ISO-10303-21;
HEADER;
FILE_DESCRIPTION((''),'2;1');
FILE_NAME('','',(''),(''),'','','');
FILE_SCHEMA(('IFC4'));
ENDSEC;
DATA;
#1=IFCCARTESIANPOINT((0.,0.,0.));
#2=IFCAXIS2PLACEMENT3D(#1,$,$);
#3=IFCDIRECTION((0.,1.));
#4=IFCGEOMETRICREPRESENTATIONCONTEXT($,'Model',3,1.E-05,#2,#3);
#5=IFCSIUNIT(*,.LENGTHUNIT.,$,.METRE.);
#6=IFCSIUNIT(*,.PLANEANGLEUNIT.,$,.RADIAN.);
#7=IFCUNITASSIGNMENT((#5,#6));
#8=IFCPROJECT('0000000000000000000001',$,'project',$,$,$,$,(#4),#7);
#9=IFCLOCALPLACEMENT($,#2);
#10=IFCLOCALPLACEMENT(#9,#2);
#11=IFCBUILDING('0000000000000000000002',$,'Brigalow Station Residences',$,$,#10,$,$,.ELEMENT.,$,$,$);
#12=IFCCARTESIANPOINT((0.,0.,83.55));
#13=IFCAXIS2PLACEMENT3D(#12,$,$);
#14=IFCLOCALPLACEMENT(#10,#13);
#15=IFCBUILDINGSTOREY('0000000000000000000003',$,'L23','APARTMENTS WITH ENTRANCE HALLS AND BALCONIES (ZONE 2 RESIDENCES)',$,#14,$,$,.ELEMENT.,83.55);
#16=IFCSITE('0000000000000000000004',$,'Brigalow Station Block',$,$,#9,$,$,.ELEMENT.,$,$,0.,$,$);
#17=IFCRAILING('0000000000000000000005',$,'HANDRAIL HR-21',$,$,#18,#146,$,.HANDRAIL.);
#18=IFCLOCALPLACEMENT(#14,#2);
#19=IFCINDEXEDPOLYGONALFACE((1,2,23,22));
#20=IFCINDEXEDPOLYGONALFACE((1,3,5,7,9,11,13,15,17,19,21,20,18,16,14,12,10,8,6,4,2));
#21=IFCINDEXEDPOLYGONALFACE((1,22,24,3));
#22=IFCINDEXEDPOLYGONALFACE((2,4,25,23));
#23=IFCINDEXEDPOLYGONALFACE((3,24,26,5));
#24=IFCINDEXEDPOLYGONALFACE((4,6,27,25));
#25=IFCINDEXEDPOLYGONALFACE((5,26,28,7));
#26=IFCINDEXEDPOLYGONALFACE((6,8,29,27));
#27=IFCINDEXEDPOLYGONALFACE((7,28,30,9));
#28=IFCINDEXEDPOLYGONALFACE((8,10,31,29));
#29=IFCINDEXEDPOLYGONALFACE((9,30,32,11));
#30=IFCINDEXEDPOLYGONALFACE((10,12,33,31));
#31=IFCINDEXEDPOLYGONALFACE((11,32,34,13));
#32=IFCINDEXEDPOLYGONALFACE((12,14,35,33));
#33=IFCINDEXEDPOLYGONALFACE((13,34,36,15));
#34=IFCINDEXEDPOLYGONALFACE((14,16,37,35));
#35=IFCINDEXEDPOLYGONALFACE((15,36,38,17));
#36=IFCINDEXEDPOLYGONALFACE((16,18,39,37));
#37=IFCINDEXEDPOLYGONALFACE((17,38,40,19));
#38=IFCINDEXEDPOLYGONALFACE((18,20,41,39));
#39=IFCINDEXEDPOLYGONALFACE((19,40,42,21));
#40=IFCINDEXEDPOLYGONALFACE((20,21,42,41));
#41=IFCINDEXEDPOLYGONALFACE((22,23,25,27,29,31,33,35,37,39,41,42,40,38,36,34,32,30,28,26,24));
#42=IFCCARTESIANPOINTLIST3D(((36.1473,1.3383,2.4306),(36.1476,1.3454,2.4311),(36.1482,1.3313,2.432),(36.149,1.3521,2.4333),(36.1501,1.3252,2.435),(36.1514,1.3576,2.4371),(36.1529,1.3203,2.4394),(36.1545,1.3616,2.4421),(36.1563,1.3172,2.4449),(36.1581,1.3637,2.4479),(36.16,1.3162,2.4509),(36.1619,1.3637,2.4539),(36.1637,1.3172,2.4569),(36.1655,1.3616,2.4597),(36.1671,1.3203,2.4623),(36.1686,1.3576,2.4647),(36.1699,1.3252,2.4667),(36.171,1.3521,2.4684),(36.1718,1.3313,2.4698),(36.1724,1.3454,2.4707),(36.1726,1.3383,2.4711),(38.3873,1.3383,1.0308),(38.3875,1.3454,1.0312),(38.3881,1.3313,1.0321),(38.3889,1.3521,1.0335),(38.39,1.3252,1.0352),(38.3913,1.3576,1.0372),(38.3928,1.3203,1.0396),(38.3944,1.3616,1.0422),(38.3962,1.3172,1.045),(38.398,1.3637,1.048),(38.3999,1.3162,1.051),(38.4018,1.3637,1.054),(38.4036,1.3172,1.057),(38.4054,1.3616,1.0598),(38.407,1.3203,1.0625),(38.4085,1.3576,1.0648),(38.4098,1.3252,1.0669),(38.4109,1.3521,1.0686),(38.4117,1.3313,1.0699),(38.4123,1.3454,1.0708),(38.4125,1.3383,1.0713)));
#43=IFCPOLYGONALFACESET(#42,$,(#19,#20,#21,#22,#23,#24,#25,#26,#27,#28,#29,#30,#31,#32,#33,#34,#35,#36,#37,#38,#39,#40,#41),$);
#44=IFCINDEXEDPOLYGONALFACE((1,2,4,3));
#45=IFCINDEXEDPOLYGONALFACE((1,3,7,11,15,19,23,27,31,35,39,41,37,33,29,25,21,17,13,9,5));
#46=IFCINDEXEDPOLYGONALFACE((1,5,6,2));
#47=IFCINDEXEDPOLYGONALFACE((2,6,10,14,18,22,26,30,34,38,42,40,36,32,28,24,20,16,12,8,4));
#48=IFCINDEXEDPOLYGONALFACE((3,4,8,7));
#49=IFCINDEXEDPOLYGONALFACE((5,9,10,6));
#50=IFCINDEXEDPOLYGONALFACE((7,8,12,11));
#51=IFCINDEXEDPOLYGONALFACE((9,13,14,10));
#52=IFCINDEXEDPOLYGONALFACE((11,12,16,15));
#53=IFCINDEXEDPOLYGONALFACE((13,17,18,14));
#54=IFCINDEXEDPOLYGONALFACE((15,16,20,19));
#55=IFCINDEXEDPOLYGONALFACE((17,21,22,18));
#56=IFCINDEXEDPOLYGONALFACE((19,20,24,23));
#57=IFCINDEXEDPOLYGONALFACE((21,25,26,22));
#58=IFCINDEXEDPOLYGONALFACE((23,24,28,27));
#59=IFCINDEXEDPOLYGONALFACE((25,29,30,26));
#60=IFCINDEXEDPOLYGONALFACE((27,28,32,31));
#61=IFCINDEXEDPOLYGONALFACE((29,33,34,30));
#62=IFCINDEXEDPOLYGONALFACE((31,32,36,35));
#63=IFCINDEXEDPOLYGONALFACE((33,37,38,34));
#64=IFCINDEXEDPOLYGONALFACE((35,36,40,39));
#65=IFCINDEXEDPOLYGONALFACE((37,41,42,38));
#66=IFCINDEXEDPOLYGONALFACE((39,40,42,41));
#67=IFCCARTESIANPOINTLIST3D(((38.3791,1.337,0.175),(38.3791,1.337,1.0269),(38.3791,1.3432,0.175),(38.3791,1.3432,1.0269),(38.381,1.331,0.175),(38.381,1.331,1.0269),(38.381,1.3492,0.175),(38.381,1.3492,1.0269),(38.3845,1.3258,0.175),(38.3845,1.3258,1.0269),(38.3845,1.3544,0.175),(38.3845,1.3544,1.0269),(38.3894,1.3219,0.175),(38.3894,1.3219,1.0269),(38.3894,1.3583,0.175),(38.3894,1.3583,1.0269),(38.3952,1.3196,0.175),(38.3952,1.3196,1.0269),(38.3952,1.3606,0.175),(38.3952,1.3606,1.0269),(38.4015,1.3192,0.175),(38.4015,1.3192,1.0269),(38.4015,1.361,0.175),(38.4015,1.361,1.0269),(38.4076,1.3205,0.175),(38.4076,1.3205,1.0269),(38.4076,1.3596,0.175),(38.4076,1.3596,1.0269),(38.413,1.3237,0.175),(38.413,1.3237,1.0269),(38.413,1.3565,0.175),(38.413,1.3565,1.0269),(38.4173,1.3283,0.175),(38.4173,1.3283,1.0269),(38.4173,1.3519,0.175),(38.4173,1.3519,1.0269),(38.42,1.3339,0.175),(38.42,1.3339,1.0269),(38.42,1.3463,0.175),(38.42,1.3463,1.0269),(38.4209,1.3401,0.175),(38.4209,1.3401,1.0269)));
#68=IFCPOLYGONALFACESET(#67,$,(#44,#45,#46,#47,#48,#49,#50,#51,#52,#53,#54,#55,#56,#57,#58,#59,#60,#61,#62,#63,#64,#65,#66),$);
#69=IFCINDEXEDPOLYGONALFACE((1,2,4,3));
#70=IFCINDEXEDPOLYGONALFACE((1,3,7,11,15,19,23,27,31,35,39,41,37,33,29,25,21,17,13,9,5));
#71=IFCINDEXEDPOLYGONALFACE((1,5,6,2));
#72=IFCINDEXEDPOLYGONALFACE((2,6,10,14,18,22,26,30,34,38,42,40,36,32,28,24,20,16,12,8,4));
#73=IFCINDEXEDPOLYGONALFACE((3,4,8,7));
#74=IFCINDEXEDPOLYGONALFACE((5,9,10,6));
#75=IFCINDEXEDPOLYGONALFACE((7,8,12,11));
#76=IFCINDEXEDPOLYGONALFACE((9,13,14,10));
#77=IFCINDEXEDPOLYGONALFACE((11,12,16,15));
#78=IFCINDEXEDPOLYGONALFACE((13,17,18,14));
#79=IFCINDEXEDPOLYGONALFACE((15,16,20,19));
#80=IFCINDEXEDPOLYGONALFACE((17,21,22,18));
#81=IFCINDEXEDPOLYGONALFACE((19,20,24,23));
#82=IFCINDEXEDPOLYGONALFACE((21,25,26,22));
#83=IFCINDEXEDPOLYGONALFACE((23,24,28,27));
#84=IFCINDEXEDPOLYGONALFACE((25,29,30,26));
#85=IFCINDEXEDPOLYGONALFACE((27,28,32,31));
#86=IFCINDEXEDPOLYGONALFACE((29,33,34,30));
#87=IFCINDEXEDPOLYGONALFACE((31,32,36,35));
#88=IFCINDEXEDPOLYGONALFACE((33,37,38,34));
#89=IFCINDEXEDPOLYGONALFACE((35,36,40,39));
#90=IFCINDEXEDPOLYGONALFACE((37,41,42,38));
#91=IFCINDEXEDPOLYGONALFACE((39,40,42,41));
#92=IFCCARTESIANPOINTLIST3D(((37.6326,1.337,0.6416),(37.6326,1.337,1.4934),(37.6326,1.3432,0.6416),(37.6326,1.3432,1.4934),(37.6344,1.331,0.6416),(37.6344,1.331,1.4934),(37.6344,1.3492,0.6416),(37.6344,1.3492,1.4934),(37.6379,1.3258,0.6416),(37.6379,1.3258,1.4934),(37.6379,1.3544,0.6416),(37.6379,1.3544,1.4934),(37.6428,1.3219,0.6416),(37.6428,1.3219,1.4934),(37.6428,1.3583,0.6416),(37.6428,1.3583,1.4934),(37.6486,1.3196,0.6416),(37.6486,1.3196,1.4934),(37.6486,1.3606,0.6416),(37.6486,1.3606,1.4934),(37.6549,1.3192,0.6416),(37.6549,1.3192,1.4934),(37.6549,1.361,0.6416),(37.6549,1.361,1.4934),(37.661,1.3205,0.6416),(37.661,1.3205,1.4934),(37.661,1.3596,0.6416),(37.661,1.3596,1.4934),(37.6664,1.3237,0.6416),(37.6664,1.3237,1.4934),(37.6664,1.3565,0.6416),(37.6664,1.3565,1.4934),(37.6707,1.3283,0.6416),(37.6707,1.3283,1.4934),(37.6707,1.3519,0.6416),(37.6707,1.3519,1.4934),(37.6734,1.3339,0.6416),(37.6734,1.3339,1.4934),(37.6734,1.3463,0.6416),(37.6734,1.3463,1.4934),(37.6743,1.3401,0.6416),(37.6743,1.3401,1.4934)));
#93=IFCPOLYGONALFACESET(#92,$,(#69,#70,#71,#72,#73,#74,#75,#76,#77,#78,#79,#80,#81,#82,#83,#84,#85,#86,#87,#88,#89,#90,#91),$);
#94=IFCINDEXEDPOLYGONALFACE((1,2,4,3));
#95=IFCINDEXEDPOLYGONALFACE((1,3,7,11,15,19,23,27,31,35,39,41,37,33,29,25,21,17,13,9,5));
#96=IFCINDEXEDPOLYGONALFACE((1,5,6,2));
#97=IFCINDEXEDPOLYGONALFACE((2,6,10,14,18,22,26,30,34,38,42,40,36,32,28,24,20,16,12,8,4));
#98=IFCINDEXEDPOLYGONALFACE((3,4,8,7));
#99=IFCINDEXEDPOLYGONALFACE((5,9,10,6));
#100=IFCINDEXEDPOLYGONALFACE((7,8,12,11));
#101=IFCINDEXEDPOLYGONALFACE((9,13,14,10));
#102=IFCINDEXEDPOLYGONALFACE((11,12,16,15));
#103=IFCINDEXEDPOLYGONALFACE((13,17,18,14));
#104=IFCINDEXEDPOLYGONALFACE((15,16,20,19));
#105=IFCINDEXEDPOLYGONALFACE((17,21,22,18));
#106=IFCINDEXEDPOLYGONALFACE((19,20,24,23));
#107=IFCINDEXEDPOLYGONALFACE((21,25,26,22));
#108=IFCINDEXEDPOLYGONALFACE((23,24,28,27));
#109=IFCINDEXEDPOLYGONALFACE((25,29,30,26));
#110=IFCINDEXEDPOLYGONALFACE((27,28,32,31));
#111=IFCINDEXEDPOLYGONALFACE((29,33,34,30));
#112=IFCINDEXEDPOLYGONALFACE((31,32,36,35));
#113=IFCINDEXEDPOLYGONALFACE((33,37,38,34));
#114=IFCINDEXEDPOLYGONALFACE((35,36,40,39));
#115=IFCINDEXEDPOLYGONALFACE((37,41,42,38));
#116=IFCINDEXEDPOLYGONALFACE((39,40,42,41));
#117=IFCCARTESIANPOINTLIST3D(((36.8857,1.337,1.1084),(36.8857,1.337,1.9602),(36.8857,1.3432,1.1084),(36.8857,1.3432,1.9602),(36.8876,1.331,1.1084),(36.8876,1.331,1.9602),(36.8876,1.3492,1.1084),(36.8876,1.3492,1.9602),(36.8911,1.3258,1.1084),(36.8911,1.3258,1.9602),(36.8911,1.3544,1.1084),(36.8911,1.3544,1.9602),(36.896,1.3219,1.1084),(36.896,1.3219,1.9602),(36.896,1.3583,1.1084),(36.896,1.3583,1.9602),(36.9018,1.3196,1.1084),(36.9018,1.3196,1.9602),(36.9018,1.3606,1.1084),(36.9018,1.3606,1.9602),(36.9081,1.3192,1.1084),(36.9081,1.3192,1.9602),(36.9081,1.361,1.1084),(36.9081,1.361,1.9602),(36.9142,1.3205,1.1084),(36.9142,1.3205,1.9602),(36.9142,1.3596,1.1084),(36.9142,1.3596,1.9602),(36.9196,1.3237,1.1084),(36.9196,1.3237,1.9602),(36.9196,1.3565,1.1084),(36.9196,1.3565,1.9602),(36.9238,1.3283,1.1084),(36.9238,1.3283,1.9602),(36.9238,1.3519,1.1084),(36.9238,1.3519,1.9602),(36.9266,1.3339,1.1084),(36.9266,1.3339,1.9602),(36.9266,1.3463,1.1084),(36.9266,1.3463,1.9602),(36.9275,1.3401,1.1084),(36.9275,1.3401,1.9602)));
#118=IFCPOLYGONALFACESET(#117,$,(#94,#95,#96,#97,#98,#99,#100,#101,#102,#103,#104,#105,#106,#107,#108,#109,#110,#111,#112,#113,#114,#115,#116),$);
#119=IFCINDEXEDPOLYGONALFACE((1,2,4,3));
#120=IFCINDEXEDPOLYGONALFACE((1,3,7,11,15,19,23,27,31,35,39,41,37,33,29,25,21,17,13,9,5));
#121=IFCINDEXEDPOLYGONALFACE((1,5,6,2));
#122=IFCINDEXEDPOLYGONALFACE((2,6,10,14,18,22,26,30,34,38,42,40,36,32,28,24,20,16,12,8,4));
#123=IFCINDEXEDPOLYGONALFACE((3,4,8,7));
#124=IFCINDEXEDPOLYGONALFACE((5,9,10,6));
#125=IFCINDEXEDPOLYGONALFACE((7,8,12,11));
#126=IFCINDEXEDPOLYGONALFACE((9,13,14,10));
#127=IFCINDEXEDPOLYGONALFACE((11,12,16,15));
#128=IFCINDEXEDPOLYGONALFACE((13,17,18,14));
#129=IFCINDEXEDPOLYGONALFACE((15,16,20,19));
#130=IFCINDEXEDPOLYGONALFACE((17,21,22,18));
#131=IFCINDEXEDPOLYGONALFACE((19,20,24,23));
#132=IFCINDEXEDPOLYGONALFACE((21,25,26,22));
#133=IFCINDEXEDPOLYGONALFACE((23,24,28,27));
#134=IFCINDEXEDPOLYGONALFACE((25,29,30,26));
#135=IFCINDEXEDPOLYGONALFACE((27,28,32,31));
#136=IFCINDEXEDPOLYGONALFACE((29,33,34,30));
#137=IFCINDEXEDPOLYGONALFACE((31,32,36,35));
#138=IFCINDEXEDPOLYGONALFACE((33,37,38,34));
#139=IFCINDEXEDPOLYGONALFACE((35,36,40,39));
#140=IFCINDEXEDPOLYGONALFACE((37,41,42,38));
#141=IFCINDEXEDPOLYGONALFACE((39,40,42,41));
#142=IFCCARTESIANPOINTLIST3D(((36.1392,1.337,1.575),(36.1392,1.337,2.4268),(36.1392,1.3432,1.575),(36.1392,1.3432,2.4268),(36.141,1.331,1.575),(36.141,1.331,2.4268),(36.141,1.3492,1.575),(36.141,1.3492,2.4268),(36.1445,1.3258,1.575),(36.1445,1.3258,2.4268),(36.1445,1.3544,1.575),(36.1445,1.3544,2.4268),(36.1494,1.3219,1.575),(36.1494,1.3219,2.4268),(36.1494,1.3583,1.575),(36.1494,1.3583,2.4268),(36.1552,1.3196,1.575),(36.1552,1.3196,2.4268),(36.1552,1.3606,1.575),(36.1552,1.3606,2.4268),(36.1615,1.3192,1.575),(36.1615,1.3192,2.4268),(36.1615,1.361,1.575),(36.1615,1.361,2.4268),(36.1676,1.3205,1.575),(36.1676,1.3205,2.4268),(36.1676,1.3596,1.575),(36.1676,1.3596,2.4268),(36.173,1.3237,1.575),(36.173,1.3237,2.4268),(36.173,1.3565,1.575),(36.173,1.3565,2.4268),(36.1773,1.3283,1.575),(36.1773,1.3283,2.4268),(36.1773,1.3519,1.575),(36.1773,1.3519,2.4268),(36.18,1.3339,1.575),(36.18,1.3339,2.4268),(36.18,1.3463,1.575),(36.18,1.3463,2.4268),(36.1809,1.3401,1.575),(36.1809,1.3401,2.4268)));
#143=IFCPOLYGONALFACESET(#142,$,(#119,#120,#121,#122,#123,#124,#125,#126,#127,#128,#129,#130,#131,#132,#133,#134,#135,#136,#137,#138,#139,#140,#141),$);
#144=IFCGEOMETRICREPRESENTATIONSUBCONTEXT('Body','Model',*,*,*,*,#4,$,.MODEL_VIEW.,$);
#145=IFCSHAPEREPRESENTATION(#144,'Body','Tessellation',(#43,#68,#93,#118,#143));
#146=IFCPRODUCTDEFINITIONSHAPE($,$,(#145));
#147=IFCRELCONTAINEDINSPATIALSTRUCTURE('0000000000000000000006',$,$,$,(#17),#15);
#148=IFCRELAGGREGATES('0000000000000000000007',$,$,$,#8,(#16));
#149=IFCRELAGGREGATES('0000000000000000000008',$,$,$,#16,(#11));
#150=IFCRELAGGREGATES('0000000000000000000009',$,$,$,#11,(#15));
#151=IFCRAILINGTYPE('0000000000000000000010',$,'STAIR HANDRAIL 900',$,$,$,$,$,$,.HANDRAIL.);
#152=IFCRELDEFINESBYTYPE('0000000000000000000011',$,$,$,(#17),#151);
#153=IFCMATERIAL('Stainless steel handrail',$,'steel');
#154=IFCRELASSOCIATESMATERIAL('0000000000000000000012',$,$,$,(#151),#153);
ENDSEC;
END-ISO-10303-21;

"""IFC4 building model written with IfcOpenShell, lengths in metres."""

from ifc_helpers import new_model, si_unit, direction, frame, origin, origin_2d, place, context, subcontext, project, spatial, circle, extrude, material, type_object, element, save


model = new_model("IFC4")

# Units and contexts
model_context = context("Model", 3, precision=1e-05, world=origin(), true_north=direction((0.0, 1.0)))
body_context = subcontext(model_context, "Body", "Model", "MODEL_VIEW")
ifc_project = project(units=[si_unit("LENGTHUNIT", "METRE"), si_unit("PLANEANGLEUNIT", "RADIAN")], contexts=[model_context])

# Site, building, storey
site_placement = place(None, origin())
site = spatial("IfcSite", under=ifc_project, at=site_placement, Name="Brigalow Station Block", CompositionType="ELEMENT", RefElevation=0.0)
building_placement = place(site_placement, origin())
building = spatial("IfcBuilding", under=site, at=building_placement, Name="Brigalow Station Residences", CompositionType="ELEMENT")
storey_placement = place(building_placement, frame((0.0, 0.0, 83.55)))
storey = spatial("IfcBuildingStorey", under=building, at=storey_placement, Name="L23", Description="APARTMENTS WITH ENTRANCE HALLS AND BALCONIES (ZONE 2 RESIDENCES)", CompositionType="ELEMENT", Elevation=83.55)

# Railing
ifc_material_1 = material(Name="Stainless steel handrail", Category="steel")
railing_type_1 = type_object("IfcRailingType", Name="STAIR HANDRAIL 900", PredefinedType="HANDRAIL", material=ifc_material_1)
railing_1_placement = place(storey_placement, frame((38.3999, 1.3401, 0.175)))
element("IfcRailing", 1, at=railing_1_placement, inside=storey, type_object=railing_type_1, Name="HANDRAIL HR-21", PredefinedType="HANDRAIL", context=body_context, shape_type="SweptSolid", body=[
    extrude(circle(Radius=0.0239, at=origin_2d()), frame((0.0, 0.0, 0.876), z_axis=(-0.848014, 0.0, 0.529974), x_axis=(0.0, -1.0, 0.0)), (0.0, 0.0, 1.0), 2.6414),
    extrude(circle(Radius=0.021, at=origin_2d()), origin(), (0.0, 0.0, 1.0), 0.8518),
    extrude(circle(Radius=0.021, at=origin_2d()), frame((-0.7466, 0.0, 0.4666)), (0.0, 0.0, 1.0), 0.8518),
    extrude(circle(Radius=0.021, at=origin_2d()), frame((-1.4934, 0.0, 0.9333)), (0.0, 0.0, 1.0), 0.8518),
    extrude(circle(Radius=0.021, at=origin_2d()), frame((-2.24, 0.0, 1.3999)), (0.0, 0.0, 1.0), 0.8518),
])

save(model, "model.ifc")
